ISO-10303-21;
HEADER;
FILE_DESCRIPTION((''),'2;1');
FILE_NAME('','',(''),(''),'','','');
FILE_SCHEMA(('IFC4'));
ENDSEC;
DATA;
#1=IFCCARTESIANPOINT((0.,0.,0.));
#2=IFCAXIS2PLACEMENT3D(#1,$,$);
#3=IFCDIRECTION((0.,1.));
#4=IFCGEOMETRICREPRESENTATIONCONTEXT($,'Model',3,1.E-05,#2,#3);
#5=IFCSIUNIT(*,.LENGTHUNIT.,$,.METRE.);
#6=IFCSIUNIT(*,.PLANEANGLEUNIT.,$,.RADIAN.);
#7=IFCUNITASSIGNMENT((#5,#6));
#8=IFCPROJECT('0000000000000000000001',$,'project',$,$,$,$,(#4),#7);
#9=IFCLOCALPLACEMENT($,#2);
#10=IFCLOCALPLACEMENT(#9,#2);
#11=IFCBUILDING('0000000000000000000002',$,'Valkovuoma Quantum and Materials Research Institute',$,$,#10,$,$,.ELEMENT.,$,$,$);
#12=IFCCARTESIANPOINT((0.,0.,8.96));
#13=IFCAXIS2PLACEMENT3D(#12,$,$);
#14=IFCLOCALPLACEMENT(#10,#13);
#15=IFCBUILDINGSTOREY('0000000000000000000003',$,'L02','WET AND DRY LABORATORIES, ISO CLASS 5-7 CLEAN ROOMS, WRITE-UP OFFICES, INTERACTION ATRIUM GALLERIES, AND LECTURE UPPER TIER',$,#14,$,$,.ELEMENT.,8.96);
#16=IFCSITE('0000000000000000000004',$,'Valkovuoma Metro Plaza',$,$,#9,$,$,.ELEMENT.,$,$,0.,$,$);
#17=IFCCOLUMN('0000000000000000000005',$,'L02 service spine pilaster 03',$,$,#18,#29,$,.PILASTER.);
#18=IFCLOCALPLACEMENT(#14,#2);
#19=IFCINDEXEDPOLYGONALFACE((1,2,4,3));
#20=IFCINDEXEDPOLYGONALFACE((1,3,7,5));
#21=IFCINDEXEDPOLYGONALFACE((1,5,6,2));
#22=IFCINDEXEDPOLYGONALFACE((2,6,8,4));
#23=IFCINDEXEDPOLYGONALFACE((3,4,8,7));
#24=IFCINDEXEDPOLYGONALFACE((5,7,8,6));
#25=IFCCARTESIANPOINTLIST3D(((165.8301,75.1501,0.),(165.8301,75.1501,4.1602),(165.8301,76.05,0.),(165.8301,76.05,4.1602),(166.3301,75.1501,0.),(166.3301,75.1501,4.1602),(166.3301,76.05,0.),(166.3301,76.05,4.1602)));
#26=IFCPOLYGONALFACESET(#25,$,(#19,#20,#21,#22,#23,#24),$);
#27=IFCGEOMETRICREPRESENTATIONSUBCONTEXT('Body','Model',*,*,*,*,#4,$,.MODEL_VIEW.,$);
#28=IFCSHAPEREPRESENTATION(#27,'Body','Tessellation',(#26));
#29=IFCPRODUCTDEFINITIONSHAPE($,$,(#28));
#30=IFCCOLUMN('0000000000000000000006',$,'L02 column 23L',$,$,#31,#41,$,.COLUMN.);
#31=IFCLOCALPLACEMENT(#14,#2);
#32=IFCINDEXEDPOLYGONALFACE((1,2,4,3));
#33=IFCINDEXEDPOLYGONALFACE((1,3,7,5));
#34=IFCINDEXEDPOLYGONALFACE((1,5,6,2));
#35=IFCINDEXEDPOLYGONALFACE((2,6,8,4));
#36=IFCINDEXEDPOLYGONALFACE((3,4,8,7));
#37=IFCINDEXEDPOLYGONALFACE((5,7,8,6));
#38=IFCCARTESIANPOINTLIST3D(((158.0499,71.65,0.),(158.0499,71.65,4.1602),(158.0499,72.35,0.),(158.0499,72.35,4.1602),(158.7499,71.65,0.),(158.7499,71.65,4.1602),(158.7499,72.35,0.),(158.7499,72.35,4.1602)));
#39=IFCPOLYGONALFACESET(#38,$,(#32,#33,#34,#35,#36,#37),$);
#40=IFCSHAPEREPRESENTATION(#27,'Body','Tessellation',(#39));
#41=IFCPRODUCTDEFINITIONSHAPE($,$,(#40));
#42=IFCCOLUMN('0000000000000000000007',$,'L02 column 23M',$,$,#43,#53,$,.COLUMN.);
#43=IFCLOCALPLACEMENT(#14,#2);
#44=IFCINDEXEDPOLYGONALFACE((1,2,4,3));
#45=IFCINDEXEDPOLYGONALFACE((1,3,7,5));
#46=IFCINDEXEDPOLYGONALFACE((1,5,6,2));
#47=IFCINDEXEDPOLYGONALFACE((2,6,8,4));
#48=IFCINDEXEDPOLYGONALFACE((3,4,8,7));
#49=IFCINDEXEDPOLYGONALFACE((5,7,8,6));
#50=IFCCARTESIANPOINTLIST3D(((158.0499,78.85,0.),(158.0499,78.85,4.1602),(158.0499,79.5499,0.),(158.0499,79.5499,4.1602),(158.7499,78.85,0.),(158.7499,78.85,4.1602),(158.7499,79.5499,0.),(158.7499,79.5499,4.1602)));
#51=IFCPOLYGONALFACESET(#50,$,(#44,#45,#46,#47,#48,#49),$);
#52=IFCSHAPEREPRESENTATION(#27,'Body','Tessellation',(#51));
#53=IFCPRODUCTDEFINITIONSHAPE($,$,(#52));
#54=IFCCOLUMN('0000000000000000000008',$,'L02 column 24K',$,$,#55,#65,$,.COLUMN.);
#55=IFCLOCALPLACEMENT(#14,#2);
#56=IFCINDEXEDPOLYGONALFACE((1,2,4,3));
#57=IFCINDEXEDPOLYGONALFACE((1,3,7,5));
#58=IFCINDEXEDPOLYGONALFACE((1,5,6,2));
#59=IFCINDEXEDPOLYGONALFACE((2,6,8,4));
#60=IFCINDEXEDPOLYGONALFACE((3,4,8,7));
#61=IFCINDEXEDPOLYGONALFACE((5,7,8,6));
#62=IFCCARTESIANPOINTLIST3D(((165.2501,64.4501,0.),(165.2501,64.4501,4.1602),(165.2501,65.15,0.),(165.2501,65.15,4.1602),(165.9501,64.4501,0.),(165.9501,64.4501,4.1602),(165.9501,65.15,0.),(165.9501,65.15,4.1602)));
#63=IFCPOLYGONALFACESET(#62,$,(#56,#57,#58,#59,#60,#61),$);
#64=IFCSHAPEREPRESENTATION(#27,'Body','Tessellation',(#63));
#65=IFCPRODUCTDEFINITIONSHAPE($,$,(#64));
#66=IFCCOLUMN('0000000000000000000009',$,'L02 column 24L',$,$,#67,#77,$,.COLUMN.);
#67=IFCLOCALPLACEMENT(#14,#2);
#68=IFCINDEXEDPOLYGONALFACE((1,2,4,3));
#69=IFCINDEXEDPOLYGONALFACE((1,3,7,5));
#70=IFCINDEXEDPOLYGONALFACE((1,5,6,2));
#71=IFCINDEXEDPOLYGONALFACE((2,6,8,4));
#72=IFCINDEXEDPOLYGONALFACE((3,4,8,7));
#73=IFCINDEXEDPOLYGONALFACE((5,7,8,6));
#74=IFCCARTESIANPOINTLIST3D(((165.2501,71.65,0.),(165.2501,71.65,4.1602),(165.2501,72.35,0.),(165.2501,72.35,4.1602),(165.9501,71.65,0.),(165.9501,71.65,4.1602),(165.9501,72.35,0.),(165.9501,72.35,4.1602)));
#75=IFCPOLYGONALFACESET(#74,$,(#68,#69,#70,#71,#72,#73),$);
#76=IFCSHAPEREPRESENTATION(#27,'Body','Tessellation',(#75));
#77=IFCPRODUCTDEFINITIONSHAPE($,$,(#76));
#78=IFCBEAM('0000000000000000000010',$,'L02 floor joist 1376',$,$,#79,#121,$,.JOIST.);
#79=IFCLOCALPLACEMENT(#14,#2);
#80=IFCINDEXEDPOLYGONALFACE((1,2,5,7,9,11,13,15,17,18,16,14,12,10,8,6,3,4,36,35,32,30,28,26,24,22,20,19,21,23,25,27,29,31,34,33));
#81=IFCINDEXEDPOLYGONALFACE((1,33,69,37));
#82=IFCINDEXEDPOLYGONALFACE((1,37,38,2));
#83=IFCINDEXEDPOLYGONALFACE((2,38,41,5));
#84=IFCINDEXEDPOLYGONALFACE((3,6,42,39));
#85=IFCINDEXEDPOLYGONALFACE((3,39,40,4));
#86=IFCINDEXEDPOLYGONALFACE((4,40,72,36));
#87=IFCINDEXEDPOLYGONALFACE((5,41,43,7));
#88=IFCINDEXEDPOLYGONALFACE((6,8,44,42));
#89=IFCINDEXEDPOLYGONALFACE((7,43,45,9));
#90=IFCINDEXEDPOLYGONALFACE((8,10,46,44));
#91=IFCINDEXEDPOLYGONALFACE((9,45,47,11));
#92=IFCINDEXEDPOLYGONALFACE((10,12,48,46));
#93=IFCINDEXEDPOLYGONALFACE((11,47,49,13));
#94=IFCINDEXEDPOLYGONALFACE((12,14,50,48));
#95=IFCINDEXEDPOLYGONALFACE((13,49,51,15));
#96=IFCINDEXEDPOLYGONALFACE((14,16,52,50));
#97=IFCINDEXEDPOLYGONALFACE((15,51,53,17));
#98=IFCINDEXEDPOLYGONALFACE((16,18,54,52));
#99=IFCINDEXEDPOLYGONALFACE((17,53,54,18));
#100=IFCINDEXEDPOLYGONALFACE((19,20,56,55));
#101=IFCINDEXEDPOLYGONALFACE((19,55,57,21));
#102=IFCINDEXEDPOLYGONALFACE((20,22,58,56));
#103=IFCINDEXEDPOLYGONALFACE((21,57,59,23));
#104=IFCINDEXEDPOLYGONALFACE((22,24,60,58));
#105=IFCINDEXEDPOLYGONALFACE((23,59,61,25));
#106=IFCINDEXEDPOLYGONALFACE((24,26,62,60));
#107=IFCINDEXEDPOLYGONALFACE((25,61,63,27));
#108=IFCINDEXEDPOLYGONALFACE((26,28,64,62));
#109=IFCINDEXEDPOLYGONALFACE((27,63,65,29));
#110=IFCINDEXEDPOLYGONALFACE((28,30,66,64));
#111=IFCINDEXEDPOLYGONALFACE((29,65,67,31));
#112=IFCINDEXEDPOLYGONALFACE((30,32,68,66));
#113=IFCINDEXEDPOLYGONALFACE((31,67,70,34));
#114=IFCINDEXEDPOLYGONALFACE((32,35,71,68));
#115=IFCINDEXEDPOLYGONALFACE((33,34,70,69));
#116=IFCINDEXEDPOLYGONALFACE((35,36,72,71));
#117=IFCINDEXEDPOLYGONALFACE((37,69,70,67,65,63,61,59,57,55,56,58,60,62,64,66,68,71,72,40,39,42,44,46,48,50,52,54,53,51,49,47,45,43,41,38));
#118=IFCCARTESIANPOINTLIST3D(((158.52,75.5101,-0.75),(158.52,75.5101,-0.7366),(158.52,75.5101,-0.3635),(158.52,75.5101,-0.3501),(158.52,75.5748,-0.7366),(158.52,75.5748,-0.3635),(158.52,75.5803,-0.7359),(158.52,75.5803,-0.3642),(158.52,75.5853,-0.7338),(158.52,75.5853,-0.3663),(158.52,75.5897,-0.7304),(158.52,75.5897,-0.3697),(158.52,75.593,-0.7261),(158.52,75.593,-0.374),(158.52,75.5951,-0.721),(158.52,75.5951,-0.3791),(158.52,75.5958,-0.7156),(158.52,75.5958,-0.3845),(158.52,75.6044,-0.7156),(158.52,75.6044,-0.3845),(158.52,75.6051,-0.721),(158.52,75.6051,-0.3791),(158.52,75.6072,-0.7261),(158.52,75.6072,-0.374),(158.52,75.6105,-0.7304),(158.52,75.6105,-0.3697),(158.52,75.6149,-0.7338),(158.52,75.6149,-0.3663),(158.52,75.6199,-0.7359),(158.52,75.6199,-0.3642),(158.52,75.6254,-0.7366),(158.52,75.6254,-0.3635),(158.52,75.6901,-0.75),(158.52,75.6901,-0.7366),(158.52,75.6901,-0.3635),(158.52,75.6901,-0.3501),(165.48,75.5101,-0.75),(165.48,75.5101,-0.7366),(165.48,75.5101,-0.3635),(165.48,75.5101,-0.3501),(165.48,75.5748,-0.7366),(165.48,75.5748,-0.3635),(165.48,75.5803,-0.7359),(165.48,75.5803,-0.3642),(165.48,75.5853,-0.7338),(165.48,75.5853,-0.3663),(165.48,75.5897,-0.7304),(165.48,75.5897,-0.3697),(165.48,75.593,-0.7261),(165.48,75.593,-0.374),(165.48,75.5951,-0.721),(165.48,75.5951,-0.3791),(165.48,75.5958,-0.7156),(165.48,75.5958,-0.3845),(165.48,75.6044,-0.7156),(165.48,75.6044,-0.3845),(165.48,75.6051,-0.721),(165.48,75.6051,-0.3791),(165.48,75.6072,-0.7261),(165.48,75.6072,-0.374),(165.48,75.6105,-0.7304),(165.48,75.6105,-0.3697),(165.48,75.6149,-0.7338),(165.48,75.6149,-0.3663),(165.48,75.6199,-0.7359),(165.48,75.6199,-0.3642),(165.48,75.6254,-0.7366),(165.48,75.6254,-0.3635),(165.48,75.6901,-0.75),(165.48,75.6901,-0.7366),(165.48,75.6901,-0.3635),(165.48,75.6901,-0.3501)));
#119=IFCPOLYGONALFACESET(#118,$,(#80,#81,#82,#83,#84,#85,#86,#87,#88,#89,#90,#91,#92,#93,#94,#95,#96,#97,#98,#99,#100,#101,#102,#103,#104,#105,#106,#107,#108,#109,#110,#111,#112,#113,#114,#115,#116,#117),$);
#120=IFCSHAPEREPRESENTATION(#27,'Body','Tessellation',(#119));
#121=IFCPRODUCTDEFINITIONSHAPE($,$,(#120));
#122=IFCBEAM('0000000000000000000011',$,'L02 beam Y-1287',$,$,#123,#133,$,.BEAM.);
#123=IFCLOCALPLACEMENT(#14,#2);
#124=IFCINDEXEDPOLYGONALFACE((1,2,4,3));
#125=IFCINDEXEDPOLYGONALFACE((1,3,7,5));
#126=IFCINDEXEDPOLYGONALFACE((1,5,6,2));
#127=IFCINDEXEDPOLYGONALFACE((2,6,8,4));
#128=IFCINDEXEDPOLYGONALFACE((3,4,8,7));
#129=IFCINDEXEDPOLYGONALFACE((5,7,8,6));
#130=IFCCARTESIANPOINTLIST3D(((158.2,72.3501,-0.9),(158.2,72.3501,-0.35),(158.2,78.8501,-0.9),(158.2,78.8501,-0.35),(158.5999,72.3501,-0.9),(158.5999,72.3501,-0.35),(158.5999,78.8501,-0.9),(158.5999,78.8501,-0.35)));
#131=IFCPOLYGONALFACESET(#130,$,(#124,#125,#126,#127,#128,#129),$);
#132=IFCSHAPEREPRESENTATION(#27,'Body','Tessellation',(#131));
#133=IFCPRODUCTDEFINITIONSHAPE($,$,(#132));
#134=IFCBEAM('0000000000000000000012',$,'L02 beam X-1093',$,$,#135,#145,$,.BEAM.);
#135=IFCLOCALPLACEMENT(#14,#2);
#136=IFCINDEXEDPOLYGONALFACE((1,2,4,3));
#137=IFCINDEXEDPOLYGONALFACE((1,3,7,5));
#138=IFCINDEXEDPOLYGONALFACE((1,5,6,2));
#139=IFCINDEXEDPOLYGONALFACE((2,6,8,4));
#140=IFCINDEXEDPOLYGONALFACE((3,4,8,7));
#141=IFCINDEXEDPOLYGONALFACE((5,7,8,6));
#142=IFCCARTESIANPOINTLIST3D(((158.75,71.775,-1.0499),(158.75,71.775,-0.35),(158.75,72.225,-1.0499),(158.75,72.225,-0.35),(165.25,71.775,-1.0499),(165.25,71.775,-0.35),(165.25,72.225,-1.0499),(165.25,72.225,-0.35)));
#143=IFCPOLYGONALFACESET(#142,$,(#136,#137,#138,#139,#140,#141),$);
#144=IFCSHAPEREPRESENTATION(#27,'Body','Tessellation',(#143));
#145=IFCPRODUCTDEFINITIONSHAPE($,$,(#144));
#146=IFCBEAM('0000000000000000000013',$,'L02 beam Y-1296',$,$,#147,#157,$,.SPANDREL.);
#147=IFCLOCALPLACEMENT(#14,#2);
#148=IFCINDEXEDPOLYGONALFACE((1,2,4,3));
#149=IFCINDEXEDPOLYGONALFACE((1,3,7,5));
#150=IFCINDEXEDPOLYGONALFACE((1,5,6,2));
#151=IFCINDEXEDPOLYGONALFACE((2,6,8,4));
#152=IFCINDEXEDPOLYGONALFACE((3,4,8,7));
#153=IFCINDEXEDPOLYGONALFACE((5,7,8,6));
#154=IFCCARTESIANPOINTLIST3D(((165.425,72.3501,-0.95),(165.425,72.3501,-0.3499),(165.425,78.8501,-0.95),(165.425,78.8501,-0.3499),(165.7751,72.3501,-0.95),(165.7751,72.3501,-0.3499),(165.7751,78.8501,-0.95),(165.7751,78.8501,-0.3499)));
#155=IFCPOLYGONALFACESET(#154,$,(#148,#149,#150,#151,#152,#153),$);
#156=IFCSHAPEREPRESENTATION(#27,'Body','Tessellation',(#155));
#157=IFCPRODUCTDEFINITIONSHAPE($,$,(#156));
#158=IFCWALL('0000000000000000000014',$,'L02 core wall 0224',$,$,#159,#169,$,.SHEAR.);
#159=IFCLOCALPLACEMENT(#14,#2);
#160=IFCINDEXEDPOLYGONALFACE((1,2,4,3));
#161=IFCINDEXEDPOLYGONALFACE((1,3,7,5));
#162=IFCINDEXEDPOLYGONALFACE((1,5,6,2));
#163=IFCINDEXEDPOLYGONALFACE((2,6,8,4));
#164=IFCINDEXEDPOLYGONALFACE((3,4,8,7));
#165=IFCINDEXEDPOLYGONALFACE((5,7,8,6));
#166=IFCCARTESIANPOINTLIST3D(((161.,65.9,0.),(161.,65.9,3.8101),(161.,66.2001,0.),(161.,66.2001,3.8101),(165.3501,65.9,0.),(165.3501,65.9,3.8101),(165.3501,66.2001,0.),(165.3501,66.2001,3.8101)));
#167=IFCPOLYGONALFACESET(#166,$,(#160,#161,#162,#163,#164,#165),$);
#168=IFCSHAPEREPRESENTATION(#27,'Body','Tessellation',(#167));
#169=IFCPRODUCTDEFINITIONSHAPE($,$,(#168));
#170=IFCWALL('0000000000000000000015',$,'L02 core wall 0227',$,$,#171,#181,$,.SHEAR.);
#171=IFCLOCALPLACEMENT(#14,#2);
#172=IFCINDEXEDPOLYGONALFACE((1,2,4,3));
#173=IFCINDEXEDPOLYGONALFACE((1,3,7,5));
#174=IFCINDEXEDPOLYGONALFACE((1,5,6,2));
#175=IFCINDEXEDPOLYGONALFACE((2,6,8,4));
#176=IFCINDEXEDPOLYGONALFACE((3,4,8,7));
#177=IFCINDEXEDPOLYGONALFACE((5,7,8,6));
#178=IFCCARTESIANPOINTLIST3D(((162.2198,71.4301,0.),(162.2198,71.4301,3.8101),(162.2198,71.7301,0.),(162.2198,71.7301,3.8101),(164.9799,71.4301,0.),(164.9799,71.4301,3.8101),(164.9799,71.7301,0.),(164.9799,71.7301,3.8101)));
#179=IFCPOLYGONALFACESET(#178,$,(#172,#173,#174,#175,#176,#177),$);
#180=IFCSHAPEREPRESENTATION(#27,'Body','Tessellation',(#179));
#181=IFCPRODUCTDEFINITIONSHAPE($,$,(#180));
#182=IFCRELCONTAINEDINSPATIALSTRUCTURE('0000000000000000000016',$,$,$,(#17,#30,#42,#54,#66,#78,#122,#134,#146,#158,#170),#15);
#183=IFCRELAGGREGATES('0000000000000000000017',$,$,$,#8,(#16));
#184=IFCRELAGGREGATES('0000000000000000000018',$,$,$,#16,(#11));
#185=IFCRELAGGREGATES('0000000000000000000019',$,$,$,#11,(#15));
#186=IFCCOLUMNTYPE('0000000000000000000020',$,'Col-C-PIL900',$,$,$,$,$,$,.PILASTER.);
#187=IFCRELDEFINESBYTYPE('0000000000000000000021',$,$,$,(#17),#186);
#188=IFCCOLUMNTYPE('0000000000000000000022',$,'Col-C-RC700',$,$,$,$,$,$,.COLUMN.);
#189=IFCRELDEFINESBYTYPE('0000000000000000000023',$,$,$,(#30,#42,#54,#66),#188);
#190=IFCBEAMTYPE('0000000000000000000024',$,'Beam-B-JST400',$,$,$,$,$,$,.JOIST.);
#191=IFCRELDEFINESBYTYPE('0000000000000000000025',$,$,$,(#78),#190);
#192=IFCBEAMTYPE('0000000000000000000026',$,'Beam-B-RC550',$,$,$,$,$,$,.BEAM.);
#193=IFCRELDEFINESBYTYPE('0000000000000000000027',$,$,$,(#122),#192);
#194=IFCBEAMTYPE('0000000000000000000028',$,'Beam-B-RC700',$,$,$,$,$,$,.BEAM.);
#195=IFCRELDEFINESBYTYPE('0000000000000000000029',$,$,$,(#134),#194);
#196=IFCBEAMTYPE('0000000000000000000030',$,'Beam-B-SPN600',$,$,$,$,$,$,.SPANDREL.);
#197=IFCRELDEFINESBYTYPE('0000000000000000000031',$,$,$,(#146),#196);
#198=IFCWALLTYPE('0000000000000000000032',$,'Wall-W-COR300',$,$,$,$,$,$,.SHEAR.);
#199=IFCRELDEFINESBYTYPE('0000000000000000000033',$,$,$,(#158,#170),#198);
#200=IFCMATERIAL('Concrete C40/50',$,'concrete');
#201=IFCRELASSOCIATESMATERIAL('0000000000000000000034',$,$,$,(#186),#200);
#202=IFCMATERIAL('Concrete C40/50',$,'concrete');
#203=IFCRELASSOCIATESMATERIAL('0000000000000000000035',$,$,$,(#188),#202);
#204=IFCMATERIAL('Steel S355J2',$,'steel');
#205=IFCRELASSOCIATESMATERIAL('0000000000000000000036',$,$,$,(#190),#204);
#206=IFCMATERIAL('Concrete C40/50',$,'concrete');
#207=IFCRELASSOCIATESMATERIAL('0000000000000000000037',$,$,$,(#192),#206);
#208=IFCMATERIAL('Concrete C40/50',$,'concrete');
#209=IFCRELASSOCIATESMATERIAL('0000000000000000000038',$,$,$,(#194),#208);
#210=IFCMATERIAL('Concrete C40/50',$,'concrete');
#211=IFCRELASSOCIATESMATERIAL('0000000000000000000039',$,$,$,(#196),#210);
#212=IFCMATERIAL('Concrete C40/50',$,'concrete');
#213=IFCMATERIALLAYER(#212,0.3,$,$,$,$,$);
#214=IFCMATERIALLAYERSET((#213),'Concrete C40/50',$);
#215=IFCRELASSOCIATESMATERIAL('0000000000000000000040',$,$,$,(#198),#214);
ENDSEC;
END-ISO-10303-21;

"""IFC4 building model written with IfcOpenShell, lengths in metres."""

from ifc_helpers import new_model, si_unit, direction, frame, frame_2d, origin, origin_2d, place, context, subcontext, project, spatial, rectangle, i_section, extrude, material, layer, layer_set, material_profile, profile_set, type_object, element, save


model = new_model("IFC4")

# Units and contexts
model_context = context("Model", 3, precision=1e-05, world=origin(), true_north=direction((0.0, 1.0)))
body_context = subcontext(model_context, "Body", "Model", "MODEL_VIEW")
ifc_project = project(units=[si_unit("LENGTHUNIT", "METRE"), si_unit("PLANEANGLEUNIT", "RADIAN")], contexts=[model_context])

# Site, building, storey
site_placement = place(None, origin())
site = spatial("IfcSite", under=ifc_project, at=site_placement, Name="Valkovuoma Metro Plaza", CompositionType="ELEMENT", RefElevation=0.0)
building_placement = place(site_placement, origin())
building = spatial("IfcBuilding", under=site, at=building_placement, Name="Valkovuoma Quantum and Materials Research Institute", CompositionType="ELEMENT")
storey_placement = place(building_placement, frame((0.0, 0.0, 8.96)))
storey = spatial("IfcBuildingStorey", under=building, at=storey_placement, Name="L02", Description="WET AND DRY LABORATORIES, ISO CLASS 5-7 CLEAN ROOMS, WRITE-UP OFFICES, INTERACTION ATRIUM GALLERIES, AND LECTURE UPPER TIER", CompositionType="ELEMENT", Elevation=8.96)

# Columns
ifc_material_1 = material(Name="Concrete C40/50", Category="concrete")
ifc_material_profile_1 = material_profile(ifc_material_1, rectangle(XDim=0.5, YDim=0.8999, at=origin_2d()), Name="Concrete C40/50")
ifc_profile_set_1 = profile_set([ifc_material_profile_1], Name="Concrete C40/50")
column_type_1 = type_object("IfcColumnType", Name="Col-C-PIL900", PredefinedType="PILASTER", material=ifc_profile_set_1)
column_placement = place(storey_placement, frame((166.0801, 75.6001, 0.0), z_axis=(0.0, 0.0, 1.0), x_axis=(1.0, 0.0, 0.0)))
element("IfcColumn", 1, at=column_placement, inside=storey, type_object=column_type_1, Name="L02 service spine pilaster 03", PredefinedType="PILASTER", context=body_context, shape_type="SweptSolid", body=[
    extrude(rectangle(XDim=0.5, YDim=0.8999, at=origin_2d()), origin(), (0.0, 0.0, 1.0), 4.1602),
])
ifc_material_2 = material(Name="Concrete C40/50", Category="concrete")
ifc_material_profile_2 = material_profile(ifc_material_2, rectangle(XDim=0.7, YDim=0.7, at=origin_2d()), Name="Concrete C40/50")
ifc_profile_set_2 = profile_set([ifc_material_profile_2], Name="Concrete C40/50")
column_type_2 = type_object("IfcColumnType", Name="Col-C-RC700", PredefinedType="COLUMN", material=ifc_profile_set_2)
for number, where, z_axis, x_axis, name in (
    (2, (158.3999, 72.0, 0.0), (0.0, 0.0, 1.0), (1.0, 0.0, 0.0), "L02 column 23L"),
    (3, (158.3999, 79.2, 0.0), (0.0, 0.0, 1.0), (1.0, 0.0, 0.0), "L02 column 23M"),
    (4, (165.6001, 64.8, 0.0), (0.0, 0.0, 1.0), (1.0, 0.0, 0.0), "L02 column 24K"),
    (5, (165.6001, 72.0, 0.0), (0.0, 0.0, 1.0), (1.0, 0.0, 0.0), "L02 column 24L"),
):
    element("IfcColumn", number, at=place(storey_placement, frame(where, z_axis=z_axis, x_axis=x_axis)), inside=storey, type_object=column_type_2, Name=name, PredefinedType="COLUMN", context=body_context, shape_type="SweptSolid", body=[
        extrude(rectangle(XDim=0.7, YDim=0.7, at=origin_2d()), origin(), (0.0, 0.0, 1.0), 4.1602),
    ])

# Beams
ifc_material_3 = material(Name="Steel S355J2", Category="steel")
ifc_material_profile_3 = material_profile(ifc_material_3, i_section(OverallWidth=0.1799, OverallDepth=0.3999, WebThickness=0.0085, FlangeThickness=0.0134, FilletRadius=0.021, at=origin_2d()), Name="Steel S355J2")
ifc_profile_set_3 = profile_set([ifc_material_profile_3], Name="Steel S355J2")
beam_type_1 = type_object("IfcBeamType", Name="Beam-B-JST400", PredefinedType="JOIST", material=ifc_profile_set_3)
beam_1_placement = place(storey_placement, frame((158.52, 75.6001, -0.55), z_axis=(1.0, 0.0, 0.0), x_axis=(0.0, 1.0, 0.0)))
element("IfcBeam", 6, at=beam_1_placement, inside=storey, type_object=beam_type_1, Name="L02 floor joist 1376", PredefinedType="JOIST", context=body_context, shape_type="SweptSolid", body=[
    extrude(i_section(OverallWidth=0.1799, OverallDepth=0.3999, WebThickness=0.0085, FlangeThickness=0.0134, FilletRadius=0.021, at=origin_2d()), origin(), (0.0, 0.0, 1.0), 6.96),
])
ifc_material_4 = material(Name="Concrete C40/50", Category="concrete")
ifc_material_profile_4 = material_profile(ifc_material_4, rectangle(XDim=0.3999, YDim=0.55, at=origin_2d()), Name="Concrete C40/50")
ifc_profile_set_4 = profile_set([ifc_material_profile_4], Name="Concrete C40/50")
beam_type_2 = type_object("IfcBeamType", Name="Beam-B-RC550", PredefinedType="BEAM", material=ifc_profile_set_4)
beam_2_placement = place(storey_placement, frame((158.3999, 72.3501, -0.625), z_axis=(0.0, 1.0, 0.0), x_axis=(-1.0, 0.0, 0.0)))
element("IfcBeam", 7, at=beam_2_placement, inside=storey, type_object=beam_type_2, Name="L02 beam Y-1287", PredefinedType="BEAM", context=body_context, shape_type="SweptSolid", body=[
    extrude(rectangle(XDim=0.3999, YDim=0.55, at=origin_2d()), origin(), (0.0, 0.0, 1.0), 6.5),
])
ifc_material_5 = material(Name="Concrete C40/50", Category="concrete")
ifc_material_profile_5 = material_profile(ifc_material_5, rectangle(XDim=0.45, YDim=0.7, at=origin_2d()), Name="Concrete C40/50")
ifc_profile_set_5 = profile_set([ifc_material_profile_5], Name="Concrete C40/50")
beam_type_3 = type_object("IfcBeamType", Name="Beam-B-RC700", PredefinedType="BEAM", material=ifc_profile_set_5)
beam_3_placement = place(storey_placement, frame((158.75, 72.0, -0.7), z_axis=(1.0, 0.0, 0.0), x_axis=(0.0, 1.0, 0.0)))
element("IfcBeam", 8, at=beam_3_placement, inside=storey, type_object=beam_type_3, Name="L02 beam X-1093", PredefinedType="BEAM", context=body_context, shape_type="SweptSolid", body=[
    extrude(rectangle(XDim=0.45, YDim=0.7, at=origin_2d()), origin(), (0.0, 0.0, 1.0), 6.5),
])
ifc_material_6 = material(Name="Concrete C40/50", Category="concrete")
ifc_material_profile_6 = material_profile(ifc_material_6, rectangle(XDim=0.3501, YDim=0.6001, at=origin_2d()), Name="Concrete C40/50")
ifc_profile_set_6 = profile_set([ifc_material_profile_6], Name="Concrete C40/50")
beam_type_4 = type_object("IfcBeamType", Name="Beam-B-SPN600", PredefinedType="SPANDREL", material=ifc_profile_set_6)
beam_4_placement = place(storey_placement, frame((165.6001, 72.3501, -0.6499), z_axis=(0.0, 1.0, 0.0), x_axis=(-1.0, 0.0, 0.0)))
element("IfcBeam", 9, at=beam_4_placement, inside=storey, type_object=beam_type_4, Name="L02 beam Y-1296", PredefinedType="SPANDREL", context=body_context, shape_type="SweptSolid", body=[
    extrude(rectangle(XDim=0.3501, YDim=0.6001, at=origin_2d()), origin(), (0.0, 0.0, 1.0), 6.5),
])

# Walls
ifc_material_7 = material(Name="Concrete C40/50", Category="concrete")
ifc_layer_1 = layer(ifc_material_7, 0.3)
ifc_layer_set_1 = layer_set([ifc_layer_1], Name="Concrete C40/50")
wall_type_1 = type_object("IfcWallType", Name="Wall-W-COR300", PredefinedType="SHEAR", material=ifc_layer_set_1)
wall_1_placement = place(storey_placement, frame((161.0, 66.05, 0.0), z_axis=(0.0, 0.0, 1.0), x_axis=(1.0, 0.0, 0.0)))
element("IfcWall", 10, at=wall_1_placement, inside=storey, type_object=wall_type_1, Name="L02 core wall 0224", PredefinedType="SHEAR", context=body_context, shape_type="SweptSolid", body=[
    extrude(rectangle(XDim=4.3501, YDim=0.3, at=frame_2d((2.175, 0.0))), origin(), (0.0, 0.0, 1.0), 3.8101),
])
wall_2_placement = place(storey_placement, frame((162.22, 71.5801, 0.0), z_axis=(0.0, 0.0, 1.0), x_axis=(1.0, 0.0, 0.0)))
element("IfcWall", 11, at=wall_2_placement, inside=storey, type_object=wall_type_1, Name="L02 core wall 0227", PredefinedType="SHEAR", context=body_context, shape_type="SweptSolid", body=[
    extrude(rectangle(XDim=2.76, YDim=0.3, at=frame_2d((1.3799, 0.0))), origin(), (0.0, 0.0, 1.0), 3.8101),
])

save(model, "model.ifc")
